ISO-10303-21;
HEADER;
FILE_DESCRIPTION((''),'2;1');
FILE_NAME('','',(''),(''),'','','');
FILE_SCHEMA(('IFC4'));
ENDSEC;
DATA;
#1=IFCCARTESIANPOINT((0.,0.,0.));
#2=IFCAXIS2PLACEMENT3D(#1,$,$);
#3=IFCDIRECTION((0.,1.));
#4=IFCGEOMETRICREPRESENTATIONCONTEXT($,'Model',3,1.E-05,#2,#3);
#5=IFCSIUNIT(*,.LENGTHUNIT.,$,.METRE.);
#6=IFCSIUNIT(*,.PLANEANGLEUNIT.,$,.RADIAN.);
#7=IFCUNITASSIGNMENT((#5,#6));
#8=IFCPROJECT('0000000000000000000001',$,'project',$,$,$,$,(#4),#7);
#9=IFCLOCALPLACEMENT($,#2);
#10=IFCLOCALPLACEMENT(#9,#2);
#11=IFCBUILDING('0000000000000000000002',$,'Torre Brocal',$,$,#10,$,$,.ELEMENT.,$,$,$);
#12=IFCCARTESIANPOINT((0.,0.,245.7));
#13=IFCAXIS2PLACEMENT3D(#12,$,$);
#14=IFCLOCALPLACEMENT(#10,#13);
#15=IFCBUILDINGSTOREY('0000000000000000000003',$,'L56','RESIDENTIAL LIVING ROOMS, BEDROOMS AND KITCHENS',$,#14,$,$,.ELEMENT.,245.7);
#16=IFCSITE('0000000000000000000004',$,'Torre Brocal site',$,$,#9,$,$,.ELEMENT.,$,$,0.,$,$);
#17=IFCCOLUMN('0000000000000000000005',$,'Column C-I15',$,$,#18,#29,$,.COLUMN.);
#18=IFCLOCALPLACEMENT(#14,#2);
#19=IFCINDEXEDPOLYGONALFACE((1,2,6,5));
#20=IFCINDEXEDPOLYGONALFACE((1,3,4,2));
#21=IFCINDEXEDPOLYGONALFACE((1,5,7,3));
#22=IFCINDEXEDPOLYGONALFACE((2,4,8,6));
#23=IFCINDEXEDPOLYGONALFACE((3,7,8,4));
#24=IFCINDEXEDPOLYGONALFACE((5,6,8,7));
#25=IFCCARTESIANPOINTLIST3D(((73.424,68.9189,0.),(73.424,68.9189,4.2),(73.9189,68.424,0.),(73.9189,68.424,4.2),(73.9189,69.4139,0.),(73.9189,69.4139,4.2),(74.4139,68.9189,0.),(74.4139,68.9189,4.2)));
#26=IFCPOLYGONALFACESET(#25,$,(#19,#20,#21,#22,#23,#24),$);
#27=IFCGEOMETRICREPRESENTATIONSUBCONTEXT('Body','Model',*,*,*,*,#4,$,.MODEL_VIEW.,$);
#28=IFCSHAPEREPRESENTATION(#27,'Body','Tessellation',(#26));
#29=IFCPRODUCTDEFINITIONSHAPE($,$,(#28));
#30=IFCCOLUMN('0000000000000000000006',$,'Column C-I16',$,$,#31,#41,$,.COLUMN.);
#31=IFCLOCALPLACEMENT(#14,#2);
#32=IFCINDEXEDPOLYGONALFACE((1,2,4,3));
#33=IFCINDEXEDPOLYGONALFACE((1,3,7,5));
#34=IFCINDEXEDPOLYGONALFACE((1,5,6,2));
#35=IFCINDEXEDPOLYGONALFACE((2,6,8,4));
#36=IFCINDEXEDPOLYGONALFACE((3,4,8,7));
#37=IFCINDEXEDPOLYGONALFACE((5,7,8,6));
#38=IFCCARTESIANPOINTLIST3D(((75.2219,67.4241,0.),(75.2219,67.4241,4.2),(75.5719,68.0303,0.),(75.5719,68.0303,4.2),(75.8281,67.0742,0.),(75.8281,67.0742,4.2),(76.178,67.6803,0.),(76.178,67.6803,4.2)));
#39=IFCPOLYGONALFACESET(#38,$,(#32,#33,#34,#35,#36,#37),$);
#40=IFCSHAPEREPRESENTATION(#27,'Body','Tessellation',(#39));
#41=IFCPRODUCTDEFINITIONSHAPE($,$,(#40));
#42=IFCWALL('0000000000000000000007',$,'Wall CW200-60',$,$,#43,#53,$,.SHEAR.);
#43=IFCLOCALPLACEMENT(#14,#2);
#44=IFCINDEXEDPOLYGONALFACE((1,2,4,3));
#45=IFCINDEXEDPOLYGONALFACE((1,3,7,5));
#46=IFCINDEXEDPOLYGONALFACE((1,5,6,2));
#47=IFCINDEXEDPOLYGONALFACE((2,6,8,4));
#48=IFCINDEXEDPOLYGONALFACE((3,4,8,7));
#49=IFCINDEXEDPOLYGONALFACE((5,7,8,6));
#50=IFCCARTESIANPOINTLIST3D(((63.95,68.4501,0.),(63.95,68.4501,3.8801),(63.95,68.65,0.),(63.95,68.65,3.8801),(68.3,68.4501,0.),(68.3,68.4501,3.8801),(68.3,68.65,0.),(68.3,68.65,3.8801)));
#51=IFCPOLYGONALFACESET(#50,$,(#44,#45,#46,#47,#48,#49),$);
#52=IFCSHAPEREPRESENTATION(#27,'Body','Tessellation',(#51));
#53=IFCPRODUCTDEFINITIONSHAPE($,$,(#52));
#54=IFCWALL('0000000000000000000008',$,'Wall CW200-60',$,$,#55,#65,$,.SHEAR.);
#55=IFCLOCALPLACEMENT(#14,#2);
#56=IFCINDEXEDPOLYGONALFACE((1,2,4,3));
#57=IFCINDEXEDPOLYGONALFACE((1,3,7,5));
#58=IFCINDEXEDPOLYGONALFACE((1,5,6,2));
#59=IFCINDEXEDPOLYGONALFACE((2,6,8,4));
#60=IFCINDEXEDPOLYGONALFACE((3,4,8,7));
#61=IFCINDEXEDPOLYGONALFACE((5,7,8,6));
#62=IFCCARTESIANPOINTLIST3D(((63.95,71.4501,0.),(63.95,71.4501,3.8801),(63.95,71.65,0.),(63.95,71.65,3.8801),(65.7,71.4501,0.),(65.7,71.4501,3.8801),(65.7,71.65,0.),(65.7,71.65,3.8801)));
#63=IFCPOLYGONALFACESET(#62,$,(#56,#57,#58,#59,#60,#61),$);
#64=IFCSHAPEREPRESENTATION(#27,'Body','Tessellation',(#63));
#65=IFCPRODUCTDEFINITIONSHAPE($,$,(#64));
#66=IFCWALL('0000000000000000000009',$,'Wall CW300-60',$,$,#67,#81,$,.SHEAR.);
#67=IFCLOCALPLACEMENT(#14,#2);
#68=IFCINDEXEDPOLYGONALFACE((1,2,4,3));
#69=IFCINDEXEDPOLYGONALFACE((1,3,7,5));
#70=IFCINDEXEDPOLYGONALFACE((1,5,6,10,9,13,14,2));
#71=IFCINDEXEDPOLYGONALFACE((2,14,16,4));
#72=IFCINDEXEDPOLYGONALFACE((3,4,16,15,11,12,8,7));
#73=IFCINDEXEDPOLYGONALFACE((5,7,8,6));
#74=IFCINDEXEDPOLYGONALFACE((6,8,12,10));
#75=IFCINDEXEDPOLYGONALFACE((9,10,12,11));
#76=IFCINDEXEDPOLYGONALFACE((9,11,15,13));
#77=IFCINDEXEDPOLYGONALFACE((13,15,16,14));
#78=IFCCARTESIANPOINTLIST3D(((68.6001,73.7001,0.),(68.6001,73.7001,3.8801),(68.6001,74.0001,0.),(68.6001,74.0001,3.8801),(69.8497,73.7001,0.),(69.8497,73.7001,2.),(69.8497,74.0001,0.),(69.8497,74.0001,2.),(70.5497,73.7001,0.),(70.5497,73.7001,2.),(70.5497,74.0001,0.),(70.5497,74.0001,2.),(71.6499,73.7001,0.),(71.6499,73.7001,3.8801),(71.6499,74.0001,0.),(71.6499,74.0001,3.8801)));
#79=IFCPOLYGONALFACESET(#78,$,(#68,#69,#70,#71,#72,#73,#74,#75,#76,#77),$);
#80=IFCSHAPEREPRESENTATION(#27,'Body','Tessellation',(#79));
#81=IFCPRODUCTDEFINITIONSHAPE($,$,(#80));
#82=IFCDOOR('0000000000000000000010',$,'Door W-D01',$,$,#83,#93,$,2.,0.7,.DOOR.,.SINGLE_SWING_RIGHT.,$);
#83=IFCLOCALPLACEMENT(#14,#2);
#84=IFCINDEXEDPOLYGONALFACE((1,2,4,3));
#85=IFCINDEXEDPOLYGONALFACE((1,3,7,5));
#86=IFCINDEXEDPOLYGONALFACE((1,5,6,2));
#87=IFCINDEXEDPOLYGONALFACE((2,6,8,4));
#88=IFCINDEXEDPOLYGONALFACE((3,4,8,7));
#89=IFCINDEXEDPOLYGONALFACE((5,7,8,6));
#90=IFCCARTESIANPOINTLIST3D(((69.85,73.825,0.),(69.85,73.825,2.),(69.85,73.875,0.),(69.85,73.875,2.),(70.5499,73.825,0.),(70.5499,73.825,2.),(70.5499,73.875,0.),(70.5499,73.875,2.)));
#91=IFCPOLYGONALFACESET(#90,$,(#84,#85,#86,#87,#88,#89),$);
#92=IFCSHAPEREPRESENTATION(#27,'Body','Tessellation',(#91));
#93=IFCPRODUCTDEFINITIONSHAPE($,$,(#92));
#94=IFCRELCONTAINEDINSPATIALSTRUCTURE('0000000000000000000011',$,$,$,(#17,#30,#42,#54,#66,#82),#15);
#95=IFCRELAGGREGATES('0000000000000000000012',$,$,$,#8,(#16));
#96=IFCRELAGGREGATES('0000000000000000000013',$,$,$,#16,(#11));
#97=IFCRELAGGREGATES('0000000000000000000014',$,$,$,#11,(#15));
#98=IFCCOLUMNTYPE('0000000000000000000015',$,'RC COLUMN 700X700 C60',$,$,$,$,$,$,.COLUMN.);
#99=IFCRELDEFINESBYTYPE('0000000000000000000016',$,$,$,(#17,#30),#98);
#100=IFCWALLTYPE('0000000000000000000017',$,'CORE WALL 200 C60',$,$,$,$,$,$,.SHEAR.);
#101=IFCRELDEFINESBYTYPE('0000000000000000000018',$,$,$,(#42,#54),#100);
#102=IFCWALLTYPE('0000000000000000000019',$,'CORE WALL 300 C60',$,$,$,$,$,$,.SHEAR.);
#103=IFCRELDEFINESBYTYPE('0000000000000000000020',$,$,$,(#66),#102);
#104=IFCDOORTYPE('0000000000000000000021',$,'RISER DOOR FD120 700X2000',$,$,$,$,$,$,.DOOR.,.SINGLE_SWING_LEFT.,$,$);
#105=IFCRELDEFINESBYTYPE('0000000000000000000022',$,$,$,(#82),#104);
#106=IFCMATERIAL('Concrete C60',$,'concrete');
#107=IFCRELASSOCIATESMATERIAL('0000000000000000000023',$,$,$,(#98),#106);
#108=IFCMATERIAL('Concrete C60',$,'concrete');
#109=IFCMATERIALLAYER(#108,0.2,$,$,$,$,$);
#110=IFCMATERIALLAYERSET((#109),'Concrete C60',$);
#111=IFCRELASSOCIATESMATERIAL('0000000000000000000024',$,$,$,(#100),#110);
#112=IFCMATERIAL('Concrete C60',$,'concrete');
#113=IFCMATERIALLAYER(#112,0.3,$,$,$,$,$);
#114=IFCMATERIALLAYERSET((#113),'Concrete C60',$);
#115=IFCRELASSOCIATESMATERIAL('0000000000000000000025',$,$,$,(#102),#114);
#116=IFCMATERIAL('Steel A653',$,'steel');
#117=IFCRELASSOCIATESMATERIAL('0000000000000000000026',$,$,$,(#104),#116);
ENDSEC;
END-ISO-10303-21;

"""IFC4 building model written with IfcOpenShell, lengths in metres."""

from ifc_helpers import new_model, si_unit, direction, frame, frame_2d, origin, origin_2d, place, context, subcontext, project, spatial, rectangle, extrude, material, layer, layer_set, material_profile, profile_set, type_object, element, fill, save


model = new_model("IFC4")

# Units and contexts
model_context = context("Model", 3, precision=1e-05, world=origin(), true_north=direction((0.0, 1.0)))
body_context = subcontext(model_context, "Body", "Model", "MODEL_VIEW")
ifc_project = project(units=[si_unit("LENGTHUNIT", "METRE"), si_unit("PLANEANGLEUNIT", "RADIAN")], contexts=[model_context])

# Site, building, storey
site_placement = place(None, origin())
site = spatial("IfcSite", under=ifc_project, at=site_placement, Name="Torre Brocal site", CompositionType="ELEMENT", RefElevation=0.0)
building_placement = place(site_placement, origin())
building = spatial("IfcBuilding", under=site, at=building_placement, Name="Torre Brocal", CompositionType="ELEMENT")
storey_placement = place(building_placement, frame((0.0, 0.0, 245.7)))
storey = spatial("IfcBuildingStorey", under=building, at=storey_placement, Name="L56", Description="RESIDENTIAL LIVING ROOMS, BEDROOMS AND KITCHENS", CompositionType="ELEMENT", Elevation=245.7)

# Columns
ifc_material_1 = material(Name="Concrete C60", Category="concrete")
ifc_material_profile = material_profile(ifc_material_1, rectangle(XDim=0.7, YDim=0.7, at=origin_2d()), Name="RC 700X700")
ifc_profile_set = profile_set([ifc_material_profile], Name="Concrete C60")
column_type = type_object("IfcColumnType", Name="RC COLUMN 700X700 C60", PredefinedType="COLUMN", material=ifc_profile_set)
for number, where, z_axis, x_axis, name in (
    (1, (73.9189, 68.9189, 0.0), (0.0, 0.0, 1.0), (-0.707107, -0.707107, 0.0), "Column C-I15"),
    (2, (75.7, 67.5522, 0.0), (0.0, 0.0, 1.0), (-0.5, -0.866025, 0.0), "Column C-I16"),
):
    element("IfcColumn", number, at=place(storey_placement, frame(where, z_axis=z_axis, x_axis=x_axis)), inside=storey, type_object=column_type, Name=name, PredefinedType="COLUMN", context=body_context, shape_type="SweptSolid", body=[
        extrude(rectangle(XDim=0.7, YDim=0.7, at=origin_2d()), origin(), (0.0, 0.0, 1.0), 4.2),
    ])

# Walls
ifc_material_2 = material(Name="Concrete C60", Category="concrete")
ifc_layer_1 = layer(ifc_material_2, 0.2)
ifc_layer_set_1 = layer_set([ifc_layer_1], Name="Concrete C60")
wall_type_1 = type_object("IfcWallType", Name="CORE WALL 200 C60", PredefinedType="SHEAR", material=ifc_layer_set_1)
wall_1_placement = place(storey_placement, frame((68.3, 68.55, 0.0), z_axis=(0.0, 0.0, 1.0), x_axis=(-1.0, 0.0, 0.0)))
element("IfcWall", 3, at=wall_1_placement, inside=storey, type_object=wall_type_1, Name="Wall CW200-60", PredefinedType="SHEAR", context=body_context, shape_type="SweptSolid", body=[
    extrude(rectangle(XDim=4.3501, YDim=0.2, at=frame_2d((2.175, 0.0))), origin(), (0.0, 0.0, 1.0), 3.8801),
])
wall_2_placement = place(storey_placement, frame((65.7, 71.55, 0.0), z_axis=(0.0, 0.0, 1.0), x_axis=(-1.0, 0.0, 0.0)))
element("IfcWall", 4, at=wall_2_placement, inside=storey, type_object=wall_type_1, Name="Wall CW200-60", PredefinedType="SHEAR", context=body_context, shape_type="SweptSolid", body=[
    extrude(rectangle(XDim=1.75, YDim=0.2, at=frame_2d((0.875, 0.0))), origin(), (0.0, 0.0, 1.0), 3.8801),
])

# Wall, opening, door
ifc_material_3 = material(Name="Concrete C60", Category="concrete")
ifc_layer_2 = layer(ifc_material_3, 0.3)
ifc_layer_set_2 = layer_set([ifc_layer_2], Name="Concrete C60")
wall_type_2 = type_object("IfcWallType", Name="CORE WALL 300 C60", PredefinedType="SHEAR", material=ifc_layer_set_2)
wall_3_placement = place(storey_placement, frame((71.6499, 73.8501, 0.0), z_axis=(0.0, 0.0, 1.0), x_axis=(-1.0, 0.0, 0.0)))
wall_3 = element("IfcWall", 5, at=wall_3_placement, inside=storey, type_object=wall_type_2, Name="Wall CW300-60", PredefinedType="SHEAR", context=body_context, shape_type="SweptSolid", body=[
    extrude(rectangle(XDim=3.0498, YDim=0.3, at=frame_2d((1.5249, 0.0))), origin(), (0.0, 0.0, 1.0), 3.8801),
])
opening_1_placement = place(wall_3_placement, frame((1.1001, 0.0, 0.0)))
opening_1 = element("IfcOpeningElement", 6, at=opening_1_placement, cuts=wall_3, PredefinedType="OPENING", context=body_context, shape_type="SweptSolid", body=[
    extrude(rectangle(XDim=0.7, YDim=2.0, at=frame_2d((0.3501, 1.0))), frame((0.0, 0.1599, 0.0), z_axis=(0.0, -1.0, 0.0), x_axis=(1.0, 0.0, 0.0)), (0.0, 0.0, 1.0), 0.3201),
])
ifc_material_4 = material(Name="Steel A653", Category="steel")
door_type_1 = type_object("IfcDoorType", Name="RISER DOOR FD120 700X2000", OperationType="SINGLE_SWING_LEFT", PredefinedType="DOOR", material=ifc_material_4)
door_1_placement = place(opening_1_placement, frame((0.7, 0.0, 0.0), z_axis=(0.0, 0.0, 1.0), x_axis=(-1.0, 0.0, 0.0)))
door_1 = element("IfcDoor", 7, at=door_1_placement, inside=storey, type_object=door_type_1, Name="Door W-D01", OperationType="SINGLE_SWING_RIGHT", OverallHeight=2.0, OverallWidth=0.7, PredefinedType="DOOR", context=body_context, shape_type="SweptSolid", body=[
    extrude(rectangle(XDim=0.7, YDim=2.0, at=frame_2d((0.3501, 1.0))), frame((0.0, 0.0249, 0.0), z_axis=(0.0, -1.0, 0.0), x_axis=(1.0, 0.0, 0.0)), (0.0, 0.0, 1.0), 0.05),
])
fill(opening_1, door_1)

save(model, "model.ifc")
